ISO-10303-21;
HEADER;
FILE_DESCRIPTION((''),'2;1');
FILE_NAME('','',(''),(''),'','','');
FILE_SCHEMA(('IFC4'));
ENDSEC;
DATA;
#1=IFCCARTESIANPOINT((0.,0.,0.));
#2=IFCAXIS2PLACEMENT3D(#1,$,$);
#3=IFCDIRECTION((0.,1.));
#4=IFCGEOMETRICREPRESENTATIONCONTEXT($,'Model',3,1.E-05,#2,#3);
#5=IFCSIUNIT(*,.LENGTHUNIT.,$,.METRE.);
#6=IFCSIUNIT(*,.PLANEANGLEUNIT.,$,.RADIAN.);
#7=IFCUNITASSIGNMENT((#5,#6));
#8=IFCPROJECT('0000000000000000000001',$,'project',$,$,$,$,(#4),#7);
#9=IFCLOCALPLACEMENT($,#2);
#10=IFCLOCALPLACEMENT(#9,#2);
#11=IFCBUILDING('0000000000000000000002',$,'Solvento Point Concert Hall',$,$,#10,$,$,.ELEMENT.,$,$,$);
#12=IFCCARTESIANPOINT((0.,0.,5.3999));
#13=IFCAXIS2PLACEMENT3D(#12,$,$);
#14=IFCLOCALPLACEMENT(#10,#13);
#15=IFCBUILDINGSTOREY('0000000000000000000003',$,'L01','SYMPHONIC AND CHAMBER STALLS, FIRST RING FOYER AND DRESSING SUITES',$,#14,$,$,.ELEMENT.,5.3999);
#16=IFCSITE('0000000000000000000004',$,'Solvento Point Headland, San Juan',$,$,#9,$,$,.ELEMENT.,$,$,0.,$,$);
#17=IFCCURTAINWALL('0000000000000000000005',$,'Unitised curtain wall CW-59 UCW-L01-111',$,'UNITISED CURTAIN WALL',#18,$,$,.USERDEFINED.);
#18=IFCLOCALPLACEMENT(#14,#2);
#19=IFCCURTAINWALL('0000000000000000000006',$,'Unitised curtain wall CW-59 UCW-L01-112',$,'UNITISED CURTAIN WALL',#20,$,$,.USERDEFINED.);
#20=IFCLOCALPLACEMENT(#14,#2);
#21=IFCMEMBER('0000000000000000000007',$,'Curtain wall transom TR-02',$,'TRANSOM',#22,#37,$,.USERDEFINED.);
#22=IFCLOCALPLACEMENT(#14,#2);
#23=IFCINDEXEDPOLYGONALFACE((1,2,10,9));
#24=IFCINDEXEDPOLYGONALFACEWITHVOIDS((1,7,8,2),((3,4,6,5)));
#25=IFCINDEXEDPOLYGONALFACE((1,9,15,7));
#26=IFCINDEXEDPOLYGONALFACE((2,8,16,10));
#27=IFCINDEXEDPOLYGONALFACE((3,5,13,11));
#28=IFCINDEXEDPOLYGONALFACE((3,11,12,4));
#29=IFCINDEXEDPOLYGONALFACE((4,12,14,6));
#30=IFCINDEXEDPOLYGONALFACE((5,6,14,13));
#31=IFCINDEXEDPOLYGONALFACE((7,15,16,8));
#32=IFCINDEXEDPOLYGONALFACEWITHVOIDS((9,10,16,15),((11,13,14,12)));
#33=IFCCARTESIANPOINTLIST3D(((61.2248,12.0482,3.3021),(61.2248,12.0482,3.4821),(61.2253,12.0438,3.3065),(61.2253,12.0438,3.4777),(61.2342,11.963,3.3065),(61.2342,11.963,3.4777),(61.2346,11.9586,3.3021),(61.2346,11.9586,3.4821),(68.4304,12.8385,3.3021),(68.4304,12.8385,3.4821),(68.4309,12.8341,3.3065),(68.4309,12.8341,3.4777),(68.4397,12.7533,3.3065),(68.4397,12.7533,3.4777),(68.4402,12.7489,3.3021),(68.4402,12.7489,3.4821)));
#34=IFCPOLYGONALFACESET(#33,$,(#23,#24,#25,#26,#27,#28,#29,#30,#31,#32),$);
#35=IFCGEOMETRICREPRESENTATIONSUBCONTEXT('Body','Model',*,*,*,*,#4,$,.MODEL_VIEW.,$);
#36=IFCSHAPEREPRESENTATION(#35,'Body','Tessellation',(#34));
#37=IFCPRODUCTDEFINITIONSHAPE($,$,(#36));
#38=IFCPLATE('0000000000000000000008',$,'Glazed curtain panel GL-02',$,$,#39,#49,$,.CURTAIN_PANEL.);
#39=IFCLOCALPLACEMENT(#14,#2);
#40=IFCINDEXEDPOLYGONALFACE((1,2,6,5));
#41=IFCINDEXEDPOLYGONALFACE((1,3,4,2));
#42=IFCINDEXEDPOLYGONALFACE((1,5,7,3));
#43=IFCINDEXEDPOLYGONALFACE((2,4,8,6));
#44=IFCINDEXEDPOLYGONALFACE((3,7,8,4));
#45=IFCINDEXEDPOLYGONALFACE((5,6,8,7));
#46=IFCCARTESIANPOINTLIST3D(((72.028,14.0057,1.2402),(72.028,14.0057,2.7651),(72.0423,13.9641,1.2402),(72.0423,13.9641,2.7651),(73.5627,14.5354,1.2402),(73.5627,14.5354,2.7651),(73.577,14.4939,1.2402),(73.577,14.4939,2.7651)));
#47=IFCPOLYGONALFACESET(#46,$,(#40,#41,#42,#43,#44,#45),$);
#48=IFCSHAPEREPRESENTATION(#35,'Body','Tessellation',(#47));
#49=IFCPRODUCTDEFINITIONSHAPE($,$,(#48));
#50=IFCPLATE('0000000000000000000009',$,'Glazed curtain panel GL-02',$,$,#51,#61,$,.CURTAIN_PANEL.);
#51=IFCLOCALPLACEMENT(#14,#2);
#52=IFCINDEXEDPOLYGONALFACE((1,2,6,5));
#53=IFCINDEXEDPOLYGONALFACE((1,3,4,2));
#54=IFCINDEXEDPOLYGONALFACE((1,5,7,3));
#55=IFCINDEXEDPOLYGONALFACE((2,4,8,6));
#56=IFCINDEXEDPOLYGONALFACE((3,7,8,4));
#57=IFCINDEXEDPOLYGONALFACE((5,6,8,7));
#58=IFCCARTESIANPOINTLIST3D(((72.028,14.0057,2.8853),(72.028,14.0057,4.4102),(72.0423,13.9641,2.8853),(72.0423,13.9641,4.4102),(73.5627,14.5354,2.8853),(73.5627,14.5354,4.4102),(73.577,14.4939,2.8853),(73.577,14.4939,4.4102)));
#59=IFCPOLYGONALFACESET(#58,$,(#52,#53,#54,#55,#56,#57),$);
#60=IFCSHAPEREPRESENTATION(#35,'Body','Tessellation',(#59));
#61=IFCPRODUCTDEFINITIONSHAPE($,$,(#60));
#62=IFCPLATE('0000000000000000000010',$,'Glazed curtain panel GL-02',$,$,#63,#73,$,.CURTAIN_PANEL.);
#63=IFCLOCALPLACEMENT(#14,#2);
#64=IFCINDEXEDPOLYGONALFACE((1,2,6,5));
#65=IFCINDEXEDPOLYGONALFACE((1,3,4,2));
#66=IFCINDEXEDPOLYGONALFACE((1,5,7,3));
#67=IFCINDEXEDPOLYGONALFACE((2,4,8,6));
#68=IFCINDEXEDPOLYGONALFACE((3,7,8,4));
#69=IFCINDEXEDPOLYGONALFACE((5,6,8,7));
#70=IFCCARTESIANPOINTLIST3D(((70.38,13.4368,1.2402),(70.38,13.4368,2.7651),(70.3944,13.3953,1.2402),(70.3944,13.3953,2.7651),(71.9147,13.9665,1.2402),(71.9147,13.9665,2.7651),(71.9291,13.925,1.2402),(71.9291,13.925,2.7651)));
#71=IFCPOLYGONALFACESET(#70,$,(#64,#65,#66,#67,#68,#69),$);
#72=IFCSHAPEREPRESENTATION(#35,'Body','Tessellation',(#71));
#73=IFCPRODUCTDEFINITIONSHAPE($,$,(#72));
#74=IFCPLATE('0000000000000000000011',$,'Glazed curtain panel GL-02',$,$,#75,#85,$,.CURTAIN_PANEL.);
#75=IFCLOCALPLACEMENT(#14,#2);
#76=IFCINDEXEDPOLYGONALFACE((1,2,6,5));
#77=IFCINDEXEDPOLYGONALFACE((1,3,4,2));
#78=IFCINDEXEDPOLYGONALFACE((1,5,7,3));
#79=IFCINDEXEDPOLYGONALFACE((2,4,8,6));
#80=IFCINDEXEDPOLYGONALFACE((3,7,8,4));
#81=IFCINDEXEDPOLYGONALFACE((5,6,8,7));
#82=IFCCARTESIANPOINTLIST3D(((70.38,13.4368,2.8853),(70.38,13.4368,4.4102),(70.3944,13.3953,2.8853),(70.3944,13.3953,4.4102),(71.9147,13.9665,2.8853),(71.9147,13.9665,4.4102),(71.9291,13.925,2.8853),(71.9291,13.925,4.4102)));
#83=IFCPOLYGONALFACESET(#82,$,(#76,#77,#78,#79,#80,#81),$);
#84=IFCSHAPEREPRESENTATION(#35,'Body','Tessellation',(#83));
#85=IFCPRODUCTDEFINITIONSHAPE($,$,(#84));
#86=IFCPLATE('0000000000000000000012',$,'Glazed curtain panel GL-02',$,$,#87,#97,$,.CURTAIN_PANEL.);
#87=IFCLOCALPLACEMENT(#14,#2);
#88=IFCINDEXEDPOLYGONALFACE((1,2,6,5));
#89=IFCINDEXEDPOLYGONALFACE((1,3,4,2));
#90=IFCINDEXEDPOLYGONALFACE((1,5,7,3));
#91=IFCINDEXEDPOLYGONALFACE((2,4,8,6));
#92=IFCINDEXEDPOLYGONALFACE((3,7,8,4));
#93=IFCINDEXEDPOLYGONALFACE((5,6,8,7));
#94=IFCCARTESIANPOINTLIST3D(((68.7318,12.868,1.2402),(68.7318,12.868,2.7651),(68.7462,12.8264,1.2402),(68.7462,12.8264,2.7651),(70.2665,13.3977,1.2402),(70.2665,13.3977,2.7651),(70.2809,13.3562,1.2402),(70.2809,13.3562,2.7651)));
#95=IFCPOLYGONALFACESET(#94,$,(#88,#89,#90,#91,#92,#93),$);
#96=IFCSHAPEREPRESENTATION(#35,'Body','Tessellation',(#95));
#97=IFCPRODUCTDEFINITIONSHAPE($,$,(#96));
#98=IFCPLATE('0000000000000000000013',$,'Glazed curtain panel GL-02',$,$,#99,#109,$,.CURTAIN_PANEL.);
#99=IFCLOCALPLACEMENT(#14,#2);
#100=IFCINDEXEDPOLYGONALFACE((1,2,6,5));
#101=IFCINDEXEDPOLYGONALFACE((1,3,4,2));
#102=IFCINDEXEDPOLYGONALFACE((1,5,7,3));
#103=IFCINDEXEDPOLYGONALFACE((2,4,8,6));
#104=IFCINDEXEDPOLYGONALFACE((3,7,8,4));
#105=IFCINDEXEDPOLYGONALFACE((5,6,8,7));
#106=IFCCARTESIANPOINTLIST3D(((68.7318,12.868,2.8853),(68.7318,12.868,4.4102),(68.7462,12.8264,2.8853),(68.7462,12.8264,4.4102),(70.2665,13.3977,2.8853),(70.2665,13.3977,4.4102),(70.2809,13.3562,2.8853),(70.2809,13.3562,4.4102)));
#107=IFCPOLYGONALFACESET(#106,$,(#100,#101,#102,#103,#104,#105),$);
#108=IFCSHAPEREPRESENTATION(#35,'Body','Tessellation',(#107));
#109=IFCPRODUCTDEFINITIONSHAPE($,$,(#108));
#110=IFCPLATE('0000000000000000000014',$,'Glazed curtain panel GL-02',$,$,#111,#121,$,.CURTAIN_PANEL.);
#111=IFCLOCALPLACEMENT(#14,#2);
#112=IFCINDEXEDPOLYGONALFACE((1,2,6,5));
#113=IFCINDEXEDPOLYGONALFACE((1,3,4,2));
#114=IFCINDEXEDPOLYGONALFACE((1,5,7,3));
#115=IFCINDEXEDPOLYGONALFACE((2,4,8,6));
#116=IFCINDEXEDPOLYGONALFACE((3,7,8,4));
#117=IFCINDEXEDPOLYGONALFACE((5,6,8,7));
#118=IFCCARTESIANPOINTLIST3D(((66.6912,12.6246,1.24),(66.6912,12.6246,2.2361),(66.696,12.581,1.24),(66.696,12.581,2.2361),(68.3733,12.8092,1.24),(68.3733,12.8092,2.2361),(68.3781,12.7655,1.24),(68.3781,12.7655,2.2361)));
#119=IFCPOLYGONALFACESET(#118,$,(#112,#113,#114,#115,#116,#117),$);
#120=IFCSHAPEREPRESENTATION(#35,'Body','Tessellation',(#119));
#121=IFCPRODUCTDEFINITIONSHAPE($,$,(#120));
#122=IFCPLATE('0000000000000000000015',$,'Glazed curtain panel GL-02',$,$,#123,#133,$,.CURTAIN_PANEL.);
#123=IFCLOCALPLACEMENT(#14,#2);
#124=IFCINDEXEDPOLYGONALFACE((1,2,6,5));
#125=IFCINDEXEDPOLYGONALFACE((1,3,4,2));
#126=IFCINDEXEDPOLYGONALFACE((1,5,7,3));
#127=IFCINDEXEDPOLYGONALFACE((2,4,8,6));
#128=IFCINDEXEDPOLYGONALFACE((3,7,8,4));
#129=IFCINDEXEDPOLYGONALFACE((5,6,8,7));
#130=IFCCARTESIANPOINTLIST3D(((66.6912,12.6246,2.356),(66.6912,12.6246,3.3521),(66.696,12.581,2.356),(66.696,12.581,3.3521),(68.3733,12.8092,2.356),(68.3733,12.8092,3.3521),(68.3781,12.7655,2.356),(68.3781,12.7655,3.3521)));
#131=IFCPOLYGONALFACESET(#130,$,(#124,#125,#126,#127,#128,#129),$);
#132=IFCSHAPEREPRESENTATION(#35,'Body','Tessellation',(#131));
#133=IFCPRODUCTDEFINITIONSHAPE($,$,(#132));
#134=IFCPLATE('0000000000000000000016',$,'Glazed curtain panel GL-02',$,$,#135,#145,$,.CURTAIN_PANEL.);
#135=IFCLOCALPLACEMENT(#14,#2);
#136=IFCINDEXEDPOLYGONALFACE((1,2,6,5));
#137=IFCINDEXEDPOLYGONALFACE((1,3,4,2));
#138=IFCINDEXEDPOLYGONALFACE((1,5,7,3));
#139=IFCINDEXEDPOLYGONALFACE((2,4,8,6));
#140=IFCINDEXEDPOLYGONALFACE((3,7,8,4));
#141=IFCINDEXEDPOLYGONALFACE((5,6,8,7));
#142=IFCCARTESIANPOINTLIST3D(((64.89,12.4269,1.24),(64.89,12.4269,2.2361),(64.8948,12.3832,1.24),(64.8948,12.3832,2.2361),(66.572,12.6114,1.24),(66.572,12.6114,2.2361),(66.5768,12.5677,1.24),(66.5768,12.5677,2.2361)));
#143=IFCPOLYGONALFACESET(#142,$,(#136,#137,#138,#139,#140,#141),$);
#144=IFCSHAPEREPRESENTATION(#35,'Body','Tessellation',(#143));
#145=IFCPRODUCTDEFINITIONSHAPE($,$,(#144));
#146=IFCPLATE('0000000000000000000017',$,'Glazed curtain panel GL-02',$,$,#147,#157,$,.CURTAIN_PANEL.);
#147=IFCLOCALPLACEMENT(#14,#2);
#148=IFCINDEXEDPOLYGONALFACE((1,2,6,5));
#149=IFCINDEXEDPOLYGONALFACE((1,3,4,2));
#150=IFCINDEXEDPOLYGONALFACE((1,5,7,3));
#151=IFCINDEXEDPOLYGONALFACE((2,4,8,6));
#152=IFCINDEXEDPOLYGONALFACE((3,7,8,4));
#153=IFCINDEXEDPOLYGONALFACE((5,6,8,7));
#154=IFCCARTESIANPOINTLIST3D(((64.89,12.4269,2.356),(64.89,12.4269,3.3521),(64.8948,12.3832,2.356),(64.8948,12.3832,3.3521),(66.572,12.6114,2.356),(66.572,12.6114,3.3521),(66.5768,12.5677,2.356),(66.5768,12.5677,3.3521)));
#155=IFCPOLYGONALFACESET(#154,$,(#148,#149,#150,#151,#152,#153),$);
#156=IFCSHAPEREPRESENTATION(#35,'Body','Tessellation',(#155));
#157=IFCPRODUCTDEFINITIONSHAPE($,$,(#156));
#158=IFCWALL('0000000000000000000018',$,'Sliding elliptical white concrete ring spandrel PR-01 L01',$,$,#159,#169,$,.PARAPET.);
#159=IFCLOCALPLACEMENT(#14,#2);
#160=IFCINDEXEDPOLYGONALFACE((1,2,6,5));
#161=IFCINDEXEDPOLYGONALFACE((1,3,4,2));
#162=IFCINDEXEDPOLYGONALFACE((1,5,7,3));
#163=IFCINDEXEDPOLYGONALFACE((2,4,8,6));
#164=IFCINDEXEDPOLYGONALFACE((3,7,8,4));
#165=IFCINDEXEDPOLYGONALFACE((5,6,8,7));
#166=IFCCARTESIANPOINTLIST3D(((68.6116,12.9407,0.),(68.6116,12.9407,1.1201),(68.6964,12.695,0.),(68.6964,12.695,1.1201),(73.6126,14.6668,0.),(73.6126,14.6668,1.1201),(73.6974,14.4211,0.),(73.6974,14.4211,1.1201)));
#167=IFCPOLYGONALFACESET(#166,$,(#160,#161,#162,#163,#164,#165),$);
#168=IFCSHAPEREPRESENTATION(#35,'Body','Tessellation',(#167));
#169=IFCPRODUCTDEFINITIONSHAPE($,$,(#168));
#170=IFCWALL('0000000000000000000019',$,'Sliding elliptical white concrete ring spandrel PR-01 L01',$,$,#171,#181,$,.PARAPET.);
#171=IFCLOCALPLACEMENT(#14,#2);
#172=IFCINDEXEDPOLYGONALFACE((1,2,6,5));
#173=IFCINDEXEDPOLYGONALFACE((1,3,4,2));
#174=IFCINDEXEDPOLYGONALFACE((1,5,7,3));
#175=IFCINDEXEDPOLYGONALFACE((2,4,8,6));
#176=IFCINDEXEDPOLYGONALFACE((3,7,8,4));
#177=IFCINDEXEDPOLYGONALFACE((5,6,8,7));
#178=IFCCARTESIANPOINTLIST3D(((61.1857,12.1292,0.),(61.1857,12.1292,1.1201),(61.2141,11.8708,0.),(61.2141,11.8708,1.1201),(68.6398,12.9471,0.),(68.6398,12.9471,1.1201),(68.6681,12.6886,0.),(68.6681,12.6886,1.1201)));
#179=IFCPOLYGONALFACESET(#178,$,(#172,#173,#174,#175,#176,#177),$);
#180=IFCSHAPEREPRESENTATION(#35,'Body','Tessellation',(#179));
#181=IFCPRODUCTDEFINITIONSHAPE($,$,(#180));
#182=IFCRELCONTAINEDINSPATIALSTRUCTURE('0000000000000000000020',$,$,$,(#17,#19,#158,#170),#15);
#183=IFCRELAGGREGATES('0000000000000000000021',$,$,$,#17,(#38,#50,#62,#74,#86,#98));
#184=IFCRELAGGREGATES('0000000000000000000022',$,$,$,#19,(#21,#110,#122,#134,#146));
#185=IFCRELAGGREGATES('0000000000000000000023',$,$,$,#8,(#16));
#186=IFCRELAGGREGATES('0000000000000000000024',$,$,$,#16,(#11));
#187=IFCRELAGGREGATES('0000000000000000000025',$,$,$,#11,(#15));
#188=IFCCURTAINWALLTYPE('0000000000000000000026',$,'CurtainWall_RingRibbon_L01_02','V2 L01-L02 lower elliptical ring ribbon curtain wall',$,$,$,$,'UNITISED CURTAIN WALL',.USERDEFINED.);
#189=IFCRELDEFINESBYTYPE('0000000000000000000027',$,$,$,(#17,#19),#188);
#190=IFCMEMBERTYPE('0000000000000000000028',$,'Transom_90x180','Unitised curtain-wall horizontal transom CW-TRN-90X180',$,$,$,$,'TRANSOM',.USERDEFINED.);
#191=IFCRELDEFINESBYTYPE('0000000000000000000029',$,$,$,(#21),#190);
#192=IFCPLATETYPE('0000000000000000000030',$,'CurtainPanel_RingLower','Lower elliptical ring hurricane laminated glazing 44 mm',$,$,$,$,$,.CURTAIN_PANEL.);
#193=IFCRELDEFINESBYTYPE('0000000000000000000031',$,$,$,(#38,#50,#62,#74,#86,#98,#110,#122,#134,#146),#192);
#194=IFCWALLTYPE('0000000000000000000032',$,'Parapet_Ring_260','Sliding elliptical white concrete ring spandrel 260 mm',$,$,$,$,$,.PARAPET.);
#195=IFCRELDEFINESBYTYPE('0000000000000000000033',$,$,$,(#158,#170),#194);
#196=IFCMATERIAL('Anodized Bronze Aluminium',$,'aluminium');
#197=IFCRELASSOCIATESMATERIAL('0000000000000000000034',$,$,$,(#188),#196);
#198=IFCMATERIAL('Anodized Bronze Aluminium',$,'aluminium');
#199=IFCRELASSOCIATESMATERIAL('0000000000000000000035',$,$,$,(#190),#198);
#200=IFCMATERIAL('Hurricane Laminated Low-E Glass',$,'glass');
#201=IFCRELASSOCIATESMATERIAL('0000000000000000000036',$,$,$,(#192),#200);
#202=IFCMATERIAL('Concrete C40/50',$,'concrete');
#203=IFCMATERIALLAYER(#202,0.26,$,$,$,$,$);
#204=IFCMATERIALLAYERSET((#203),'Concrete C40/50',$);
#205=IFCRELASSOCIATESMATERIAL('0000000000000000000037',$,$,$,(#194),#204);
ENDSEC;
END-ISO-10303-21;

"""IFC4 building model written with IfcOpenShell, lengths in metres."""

from ifc_helpers import new_model, si_unit, direction, frame, frame_2d, origin, origin_2d, place, context, subcontext, project, spatial, rectangle, hollow_rectangle, extrude, material, layer, layer_set, material_profile, profile_set, type_object, element, aggregate, save


model = new_model("IFC4")

# Units and contexts
model_context = context("Model", 3, precision=1e-05, world=origin(), true_north=direction((0.0, 1.0)))
body_context = subcontext(model_context, "Body", "Model", "MODEL_VIEW")
ifc_project = project(units=[si_unit("LENGTHUNIT", "METRE"), si_unit("PLANEANGLEUNIT", "RADIAN")], contexts=[model_context])

# Site, building, storey
site_placement = place(None, origin())
site = spatial("IfcSite", under=ifc_project, at=site_placement, Name="Solvento Point Headland, San Juan", CompositionType="ELEMENT", RefElevation=0.0)
building_placement = place(site_placement, origin())
building = spatial("IfcBuilding", under=site, at=building_placement, Name="Solvento Point Concert Hall", CompositionType="ELEMENT")
storey_placement = place(building_placement, frame((0.0, 0.0, 5.3999)))
storey = spatial("IfcBuildingStorey", under=building, at=storey_placement, Name="L01", Description="SYMPHONIC AND CHAMBER STALLS, FIRST RING FOYER AND DRESSING SUITES", CompositionType="ELEMENT", Elevation=5.3999)

# Curtain walls
ifc_material_1 = material(Name="Anodized Bronze Aluminium", Category="aluminium")
curtain_wall_type = type_object("IfcCurtainWallType", Name="CurtainWall_RingRibbon_L01_02", Description="V2 L01-L02 lower elliptical ring ribbon curtain wall", ElementType="UNITISED CURTAIN WALL", PredefinedType="USERDEFINED", material=ifc_material_1)
curtain_wall_1_placement = place(storey_placement, origin())
curtain_wall_1 = element("IfcCurtainWall", 1, at=curtain_wall_1_placement, inside=storey, type_object=curtain_wall_type, Name="Unitised curtain wall CW-59 UCW-L01-111", ObjectType="UNITISED CURTAIN WALL", PredefinedType="USERDEFINED")
curtain_wall_2_placement = place(storey_placement, origin())
curtain_wall_2 = element("IfcCurtainWall", 2, at=curtain_wall_2_placement, inside=storey, type_object=curtain_wall_type, Name="Unitised curtain wall CW-59 UCW-L01-112", ObjectType="UNITISED CURTAIN WALL", PredefinedType="USERDEFINED")

# Member
ifc_material_2 = material(Name="Anodized Bronze Aluminium", Category="aluminium")
ifc_material_profile_1 = material_profile(ifc_material_2, hollow_rectangle(XDim=0.0901, YDim=0.1799, WallThickness=0.0044, at=origin_2d()), Name="CW-TRN-90X180")
ifc_profile_set_1 = profile_set([ifc_material_profile_1], Name="Anodized Bronze Aluminium")
member_type_1 = type_object("IfcMemberType", Name="Transom_90x180", Description="Unitised curtain-wall horizontal transom CW-TRN-90X180", ElementType="TRANSOM", PredefinedType="USERDEFINED", material=ifc_profile_set_1)
member_1_placement = place(storey_placement, frame((68.4353, 12.7937, 3.3921), z_axis=(-0.994039, -0.109023, 0.0), x_axis=(0.109023, -0.994039, 0.0)))
member_1 = element("IfcMember", 3, at=member_1_placement, type_object=member_type_1, Name="Curtain wall transom TR-02", ObjectType="TRANSOM", PredefinedType="USERDEFINED", context=body_context, shape_type="SweptSolid", body=[
    extrude(hollow_rectangle(XDim=0.0901, YDim=0.1799, WallThickness=0.0044, at=origin_2d()), origin(), (0.0, 0.0, 1.0), 7.2488),
])

# Plates
ifc_material_3 = material(Name="Hurricane Laminated Low-E Glass", Category="glass")
plate_type = type_object("IfcPlateType", Name="CurtainPanel_RingLower", Description="Lower elliptical ring hurricane laminated glazing 44 mm", PredefinedType="CURTAIN_PANEL", material=ifc_material_3)
plate_1_placement = place(storey_placement, frame((72.8025, 14.2498, 1.2402), z_axis=(0.0, 0.0, 1.0), x_axis=(-0.945273, -0.326281, 0.0)))
plate_1 = element("IfcPlate", 4, at=plate_1_placement, type_object=plate_type, Name="Glazed curtain panel GL-02", PredefinedType="CURTAIN_PANEL", context=body_context, shape_type="SweptSolid", body=[
    extrude(rectangle(XDim=1.6235, YDim=0.0439, at=origin_2d()), origin(), (0.0, 0.0, 1.0), 1.5249),
])
plate_2_placement = place(storey_placement, frame((72.8025, 14.2498, 2.8853), z_axis=(0.0, 0.0, 1.0), x_axis=(-0.945273, -0.326281, 0.0)))
plate_2 = element("IfcPlate", 5, at=plate_2_placement, type_object=plate_type, Name="Glazed curtain panel GL-02", PredefinedType="CURTAIN_PANEL", context=body_context, shape_type="SweptSolid", body=[
    extrude(rectangle(XDim=1.6235, YDim=0.0439, at=origin_2d()), origin(), (0.0, 0.0, 1.0), 1.5249),
])
plate_3_placement = place(storey_placement, frame((71.1545, 13.6809, 1.2402), z_axis=(0.0, 0.0, 1.0), x_axis=(-0.945273, -0.326281, 0.0)))
plate_3 = element("IfcPlate", 6, at=plate_3_placement, type_object=plate_type, Name="Glazed curtain panel GL-02", PredefinedType="CURTAIN_PANEL", context=body_context, shape_type="SweptSolid", body=[
    extrude(rectangle(XDim=1.6235, YDim=0.0439, at=origin_2d()), origin(), (0.0, 0.0, 1.0), 1.5249),
])
plate_4_placement = place(storey_placement, frame((71.1545, 13.6809, 2.8853), z_axis=(0.0, 0.0, 1.0), x_axis=(-0.945273, -0.326281, 0.0)))
plate_4 = element("IfcPlate", 7, at=plate_4_placement, type_object=plate_type, Name="Glazed curtain panel GL-02", PredefinedType="CURTAIN_PANEL", context=body_context, shape_type="SweptSolid", body=[
    extrude(rectangle(XDim=1.6235, YDim=0.0439, at=origin_2d()), origin(), (0.0, 0.0, 1.0), 1.5249),
])
plate_5_placement = place(storey_placement, frame((69.5063, 13.1121, 1.2402), z_axis=(0.0, 0.0, 1.0), x_axis=(-0.945273, -0.326281, 0.0)))
plate_5 = element("IfcPlate", 8, at=plate_5_placement, type_object=plate_type, Name="Glazed curtain panel GL-02", PredefinedType="CURTAIN_PANEL", context=body_context, shape_type="SweptSolid", body=[
    extrude(rectangle(XDim=1.6235, YDim=0.0439, at=origin_2d()), origin(), (0.0, 0.0, 1.0), 1.5249),
])
plate_6_placement = place(storey_placement, frame((69.5063, 13.1121, 2.8853), z_axis=(0.0, 0.0, 1.0), x_axis=(-0.945273, -0.326281, 0.0)))
plate_6 = element("IfcPlate", 9, at=plate_6_placement, type_object=plate_type, Name="Glazed curtain panel GL-02", PredefinedType="CURTAIN_PANEL", context=body_context, shape_type="SweptSolid", body=[
    extrude(rectangle(XDim=1.6235, YDim=0.0439, at=origin_2d()), origin(), (0.0, 0.0, 1.0), 1.5249),
])
aggregate(curtain_wall_1, [plate_1, plate_2, plate_3, plate_4, plate_5, plate_6])
plate_7_placement = place(storey_placement, frame((67.5347, 12.6951, 1.24), z_axis=(0.0, 0.0, 1.0), x_axis=(-0.994035, -0.109058, 0.0)))
plate_7 = element("IfcPlate", 10, at=plate_7_placement, type_object=plate_type, Name="Glazed curtain panel GL-02", PredefinedType="CURTAIN_PANEL", context=body_context, shape_type="SweptSolid", body=[
    extrude(rectangle(XDim=1.6921, YDim=0.0439, at=origin_2d()), origin(), (0.0, 0.0, 1.0), 0.9961),
])
plate_8_placement = place(storey_placement, frame((67.5347, 12.6951, 2.356), z_axis=(0.0, 0.0, 1.0), x_axis=(-0.994035, -0.109058, 0.0)))
plate_8 = element("IfcPlate", 11, at=plate_8_placement, type_object=plate_type, Name="Glazed curtain panel GL-02", PredefinedType="CURTAIN_PANEL", context=body_context, shape_type="SweptSolid", body=[
    extrude(rectangle(XDim=1.6921, YDim=0.0439, at=origin_2d()), origin(), (0.0, 0.0, 1.0), 0.9961),
])
plate_9_placement = place(storey_placement, frame((65.7334, 12.4973, 1.24), z_axis=(0.0, 0.0, 1.0), x_axis=(-0.994035, -0.109058, 0.0)))
plate_9 = element("IfcPlate", 12, at=plate_9_placement, type_object=plate_type, Name="Glazed curtain panel GL-02", PredefinedType="CURTAIN_PANEL", context=body_context, shape_type="SweptSolid", body=[
    extrude(rectangle(XDim=1.6921, YDim=0.0439, at=origin_2d()), origin(), (0.0, 0.0, 1.0), 0.9961),
])
plate_10_placement = place(storey_placement, frame((65.7334, 12.4973, 2.356), z_axis=(0.0, 0.0, 1.0), x_axis=(-0.994035, -0.109058, 0.0)))
plate_10 = element("IfcPlate", 13, at=plate_10_placement, type_object=plate_type, Name="Glazed curtain panel GL-02", PredefinedType="CURTAIN_PANEL", context=body_context, shape_type="SweptSolid", body=[
    extrude(rectangle(XDim=1.6921, YDim=0.0439, at=origin_2d()), origin(), (0.0, 0.0, 1.0), 0.9961),
])
aggregate(curtain_wall_2, [member_1, plate_7, plate_8, plate_9, plate_10])

# Walls
ifc_material_4 = material(Name="Concrete C40/50", Category="concrete")
ifc_layer = layer(ifc_material_4, 0.26)
ifc_layer_set = layer_set([ifc_layer], Name="Concrete C40/50")
wall_type = type_object("IfcWallType", Name="Parapet_Ring_260", Description="Sliding elliptical white concrete ring spandrel 260 mm", PredefinedType="PARAPET", material=ifc_layer_set)
wall_1_placement = place(storey_placement, frame((73.655, 14.5439, 0.0), z_axis=(0.0, 0.0, 1.0), x_axis=(-0.94528, -0.326261, 0.0)))
element("IfcWall", 14, at=wall_1_placement, inside=storey, type_object=wall_type, Name="Sliding elliptical white concrete ring spandrel PR-01 L01", PredefinedType="PARAPET", context=body_context, shape_type="SweptSolid", body=[
    extrude(rectangle(XDim=5.2905, YDim=0.26, at=frame_2d((2.6453, 0.0))), origin(), (0.0, 0.0, 1.0), 1.1201),
])
wall_2_placement = place(storey_placement, frame((68.6541, 12.8179, 0.0), z_axis=(0.0, 0.0, 1.0), x_axis=(-0.994034, -0.109066, 0.0)))
element("IfcWall", 15, at=wall_2_placement, inside=storey, type_object=wall_type, Name="Sliding elliptical white concrete ring spandrel PR-01 L01", PredefinedType="PARAPET", context=body_context, shape_type="SweptSolid", body=[
    extrude(rectangle(XDim=7.4988, YDim=0.26, at=frame_2d((3.7495, 0.0))), origin(), (0.0, 0.0, 1.0), 1.1201),
])

save(model, "model.ifc")
